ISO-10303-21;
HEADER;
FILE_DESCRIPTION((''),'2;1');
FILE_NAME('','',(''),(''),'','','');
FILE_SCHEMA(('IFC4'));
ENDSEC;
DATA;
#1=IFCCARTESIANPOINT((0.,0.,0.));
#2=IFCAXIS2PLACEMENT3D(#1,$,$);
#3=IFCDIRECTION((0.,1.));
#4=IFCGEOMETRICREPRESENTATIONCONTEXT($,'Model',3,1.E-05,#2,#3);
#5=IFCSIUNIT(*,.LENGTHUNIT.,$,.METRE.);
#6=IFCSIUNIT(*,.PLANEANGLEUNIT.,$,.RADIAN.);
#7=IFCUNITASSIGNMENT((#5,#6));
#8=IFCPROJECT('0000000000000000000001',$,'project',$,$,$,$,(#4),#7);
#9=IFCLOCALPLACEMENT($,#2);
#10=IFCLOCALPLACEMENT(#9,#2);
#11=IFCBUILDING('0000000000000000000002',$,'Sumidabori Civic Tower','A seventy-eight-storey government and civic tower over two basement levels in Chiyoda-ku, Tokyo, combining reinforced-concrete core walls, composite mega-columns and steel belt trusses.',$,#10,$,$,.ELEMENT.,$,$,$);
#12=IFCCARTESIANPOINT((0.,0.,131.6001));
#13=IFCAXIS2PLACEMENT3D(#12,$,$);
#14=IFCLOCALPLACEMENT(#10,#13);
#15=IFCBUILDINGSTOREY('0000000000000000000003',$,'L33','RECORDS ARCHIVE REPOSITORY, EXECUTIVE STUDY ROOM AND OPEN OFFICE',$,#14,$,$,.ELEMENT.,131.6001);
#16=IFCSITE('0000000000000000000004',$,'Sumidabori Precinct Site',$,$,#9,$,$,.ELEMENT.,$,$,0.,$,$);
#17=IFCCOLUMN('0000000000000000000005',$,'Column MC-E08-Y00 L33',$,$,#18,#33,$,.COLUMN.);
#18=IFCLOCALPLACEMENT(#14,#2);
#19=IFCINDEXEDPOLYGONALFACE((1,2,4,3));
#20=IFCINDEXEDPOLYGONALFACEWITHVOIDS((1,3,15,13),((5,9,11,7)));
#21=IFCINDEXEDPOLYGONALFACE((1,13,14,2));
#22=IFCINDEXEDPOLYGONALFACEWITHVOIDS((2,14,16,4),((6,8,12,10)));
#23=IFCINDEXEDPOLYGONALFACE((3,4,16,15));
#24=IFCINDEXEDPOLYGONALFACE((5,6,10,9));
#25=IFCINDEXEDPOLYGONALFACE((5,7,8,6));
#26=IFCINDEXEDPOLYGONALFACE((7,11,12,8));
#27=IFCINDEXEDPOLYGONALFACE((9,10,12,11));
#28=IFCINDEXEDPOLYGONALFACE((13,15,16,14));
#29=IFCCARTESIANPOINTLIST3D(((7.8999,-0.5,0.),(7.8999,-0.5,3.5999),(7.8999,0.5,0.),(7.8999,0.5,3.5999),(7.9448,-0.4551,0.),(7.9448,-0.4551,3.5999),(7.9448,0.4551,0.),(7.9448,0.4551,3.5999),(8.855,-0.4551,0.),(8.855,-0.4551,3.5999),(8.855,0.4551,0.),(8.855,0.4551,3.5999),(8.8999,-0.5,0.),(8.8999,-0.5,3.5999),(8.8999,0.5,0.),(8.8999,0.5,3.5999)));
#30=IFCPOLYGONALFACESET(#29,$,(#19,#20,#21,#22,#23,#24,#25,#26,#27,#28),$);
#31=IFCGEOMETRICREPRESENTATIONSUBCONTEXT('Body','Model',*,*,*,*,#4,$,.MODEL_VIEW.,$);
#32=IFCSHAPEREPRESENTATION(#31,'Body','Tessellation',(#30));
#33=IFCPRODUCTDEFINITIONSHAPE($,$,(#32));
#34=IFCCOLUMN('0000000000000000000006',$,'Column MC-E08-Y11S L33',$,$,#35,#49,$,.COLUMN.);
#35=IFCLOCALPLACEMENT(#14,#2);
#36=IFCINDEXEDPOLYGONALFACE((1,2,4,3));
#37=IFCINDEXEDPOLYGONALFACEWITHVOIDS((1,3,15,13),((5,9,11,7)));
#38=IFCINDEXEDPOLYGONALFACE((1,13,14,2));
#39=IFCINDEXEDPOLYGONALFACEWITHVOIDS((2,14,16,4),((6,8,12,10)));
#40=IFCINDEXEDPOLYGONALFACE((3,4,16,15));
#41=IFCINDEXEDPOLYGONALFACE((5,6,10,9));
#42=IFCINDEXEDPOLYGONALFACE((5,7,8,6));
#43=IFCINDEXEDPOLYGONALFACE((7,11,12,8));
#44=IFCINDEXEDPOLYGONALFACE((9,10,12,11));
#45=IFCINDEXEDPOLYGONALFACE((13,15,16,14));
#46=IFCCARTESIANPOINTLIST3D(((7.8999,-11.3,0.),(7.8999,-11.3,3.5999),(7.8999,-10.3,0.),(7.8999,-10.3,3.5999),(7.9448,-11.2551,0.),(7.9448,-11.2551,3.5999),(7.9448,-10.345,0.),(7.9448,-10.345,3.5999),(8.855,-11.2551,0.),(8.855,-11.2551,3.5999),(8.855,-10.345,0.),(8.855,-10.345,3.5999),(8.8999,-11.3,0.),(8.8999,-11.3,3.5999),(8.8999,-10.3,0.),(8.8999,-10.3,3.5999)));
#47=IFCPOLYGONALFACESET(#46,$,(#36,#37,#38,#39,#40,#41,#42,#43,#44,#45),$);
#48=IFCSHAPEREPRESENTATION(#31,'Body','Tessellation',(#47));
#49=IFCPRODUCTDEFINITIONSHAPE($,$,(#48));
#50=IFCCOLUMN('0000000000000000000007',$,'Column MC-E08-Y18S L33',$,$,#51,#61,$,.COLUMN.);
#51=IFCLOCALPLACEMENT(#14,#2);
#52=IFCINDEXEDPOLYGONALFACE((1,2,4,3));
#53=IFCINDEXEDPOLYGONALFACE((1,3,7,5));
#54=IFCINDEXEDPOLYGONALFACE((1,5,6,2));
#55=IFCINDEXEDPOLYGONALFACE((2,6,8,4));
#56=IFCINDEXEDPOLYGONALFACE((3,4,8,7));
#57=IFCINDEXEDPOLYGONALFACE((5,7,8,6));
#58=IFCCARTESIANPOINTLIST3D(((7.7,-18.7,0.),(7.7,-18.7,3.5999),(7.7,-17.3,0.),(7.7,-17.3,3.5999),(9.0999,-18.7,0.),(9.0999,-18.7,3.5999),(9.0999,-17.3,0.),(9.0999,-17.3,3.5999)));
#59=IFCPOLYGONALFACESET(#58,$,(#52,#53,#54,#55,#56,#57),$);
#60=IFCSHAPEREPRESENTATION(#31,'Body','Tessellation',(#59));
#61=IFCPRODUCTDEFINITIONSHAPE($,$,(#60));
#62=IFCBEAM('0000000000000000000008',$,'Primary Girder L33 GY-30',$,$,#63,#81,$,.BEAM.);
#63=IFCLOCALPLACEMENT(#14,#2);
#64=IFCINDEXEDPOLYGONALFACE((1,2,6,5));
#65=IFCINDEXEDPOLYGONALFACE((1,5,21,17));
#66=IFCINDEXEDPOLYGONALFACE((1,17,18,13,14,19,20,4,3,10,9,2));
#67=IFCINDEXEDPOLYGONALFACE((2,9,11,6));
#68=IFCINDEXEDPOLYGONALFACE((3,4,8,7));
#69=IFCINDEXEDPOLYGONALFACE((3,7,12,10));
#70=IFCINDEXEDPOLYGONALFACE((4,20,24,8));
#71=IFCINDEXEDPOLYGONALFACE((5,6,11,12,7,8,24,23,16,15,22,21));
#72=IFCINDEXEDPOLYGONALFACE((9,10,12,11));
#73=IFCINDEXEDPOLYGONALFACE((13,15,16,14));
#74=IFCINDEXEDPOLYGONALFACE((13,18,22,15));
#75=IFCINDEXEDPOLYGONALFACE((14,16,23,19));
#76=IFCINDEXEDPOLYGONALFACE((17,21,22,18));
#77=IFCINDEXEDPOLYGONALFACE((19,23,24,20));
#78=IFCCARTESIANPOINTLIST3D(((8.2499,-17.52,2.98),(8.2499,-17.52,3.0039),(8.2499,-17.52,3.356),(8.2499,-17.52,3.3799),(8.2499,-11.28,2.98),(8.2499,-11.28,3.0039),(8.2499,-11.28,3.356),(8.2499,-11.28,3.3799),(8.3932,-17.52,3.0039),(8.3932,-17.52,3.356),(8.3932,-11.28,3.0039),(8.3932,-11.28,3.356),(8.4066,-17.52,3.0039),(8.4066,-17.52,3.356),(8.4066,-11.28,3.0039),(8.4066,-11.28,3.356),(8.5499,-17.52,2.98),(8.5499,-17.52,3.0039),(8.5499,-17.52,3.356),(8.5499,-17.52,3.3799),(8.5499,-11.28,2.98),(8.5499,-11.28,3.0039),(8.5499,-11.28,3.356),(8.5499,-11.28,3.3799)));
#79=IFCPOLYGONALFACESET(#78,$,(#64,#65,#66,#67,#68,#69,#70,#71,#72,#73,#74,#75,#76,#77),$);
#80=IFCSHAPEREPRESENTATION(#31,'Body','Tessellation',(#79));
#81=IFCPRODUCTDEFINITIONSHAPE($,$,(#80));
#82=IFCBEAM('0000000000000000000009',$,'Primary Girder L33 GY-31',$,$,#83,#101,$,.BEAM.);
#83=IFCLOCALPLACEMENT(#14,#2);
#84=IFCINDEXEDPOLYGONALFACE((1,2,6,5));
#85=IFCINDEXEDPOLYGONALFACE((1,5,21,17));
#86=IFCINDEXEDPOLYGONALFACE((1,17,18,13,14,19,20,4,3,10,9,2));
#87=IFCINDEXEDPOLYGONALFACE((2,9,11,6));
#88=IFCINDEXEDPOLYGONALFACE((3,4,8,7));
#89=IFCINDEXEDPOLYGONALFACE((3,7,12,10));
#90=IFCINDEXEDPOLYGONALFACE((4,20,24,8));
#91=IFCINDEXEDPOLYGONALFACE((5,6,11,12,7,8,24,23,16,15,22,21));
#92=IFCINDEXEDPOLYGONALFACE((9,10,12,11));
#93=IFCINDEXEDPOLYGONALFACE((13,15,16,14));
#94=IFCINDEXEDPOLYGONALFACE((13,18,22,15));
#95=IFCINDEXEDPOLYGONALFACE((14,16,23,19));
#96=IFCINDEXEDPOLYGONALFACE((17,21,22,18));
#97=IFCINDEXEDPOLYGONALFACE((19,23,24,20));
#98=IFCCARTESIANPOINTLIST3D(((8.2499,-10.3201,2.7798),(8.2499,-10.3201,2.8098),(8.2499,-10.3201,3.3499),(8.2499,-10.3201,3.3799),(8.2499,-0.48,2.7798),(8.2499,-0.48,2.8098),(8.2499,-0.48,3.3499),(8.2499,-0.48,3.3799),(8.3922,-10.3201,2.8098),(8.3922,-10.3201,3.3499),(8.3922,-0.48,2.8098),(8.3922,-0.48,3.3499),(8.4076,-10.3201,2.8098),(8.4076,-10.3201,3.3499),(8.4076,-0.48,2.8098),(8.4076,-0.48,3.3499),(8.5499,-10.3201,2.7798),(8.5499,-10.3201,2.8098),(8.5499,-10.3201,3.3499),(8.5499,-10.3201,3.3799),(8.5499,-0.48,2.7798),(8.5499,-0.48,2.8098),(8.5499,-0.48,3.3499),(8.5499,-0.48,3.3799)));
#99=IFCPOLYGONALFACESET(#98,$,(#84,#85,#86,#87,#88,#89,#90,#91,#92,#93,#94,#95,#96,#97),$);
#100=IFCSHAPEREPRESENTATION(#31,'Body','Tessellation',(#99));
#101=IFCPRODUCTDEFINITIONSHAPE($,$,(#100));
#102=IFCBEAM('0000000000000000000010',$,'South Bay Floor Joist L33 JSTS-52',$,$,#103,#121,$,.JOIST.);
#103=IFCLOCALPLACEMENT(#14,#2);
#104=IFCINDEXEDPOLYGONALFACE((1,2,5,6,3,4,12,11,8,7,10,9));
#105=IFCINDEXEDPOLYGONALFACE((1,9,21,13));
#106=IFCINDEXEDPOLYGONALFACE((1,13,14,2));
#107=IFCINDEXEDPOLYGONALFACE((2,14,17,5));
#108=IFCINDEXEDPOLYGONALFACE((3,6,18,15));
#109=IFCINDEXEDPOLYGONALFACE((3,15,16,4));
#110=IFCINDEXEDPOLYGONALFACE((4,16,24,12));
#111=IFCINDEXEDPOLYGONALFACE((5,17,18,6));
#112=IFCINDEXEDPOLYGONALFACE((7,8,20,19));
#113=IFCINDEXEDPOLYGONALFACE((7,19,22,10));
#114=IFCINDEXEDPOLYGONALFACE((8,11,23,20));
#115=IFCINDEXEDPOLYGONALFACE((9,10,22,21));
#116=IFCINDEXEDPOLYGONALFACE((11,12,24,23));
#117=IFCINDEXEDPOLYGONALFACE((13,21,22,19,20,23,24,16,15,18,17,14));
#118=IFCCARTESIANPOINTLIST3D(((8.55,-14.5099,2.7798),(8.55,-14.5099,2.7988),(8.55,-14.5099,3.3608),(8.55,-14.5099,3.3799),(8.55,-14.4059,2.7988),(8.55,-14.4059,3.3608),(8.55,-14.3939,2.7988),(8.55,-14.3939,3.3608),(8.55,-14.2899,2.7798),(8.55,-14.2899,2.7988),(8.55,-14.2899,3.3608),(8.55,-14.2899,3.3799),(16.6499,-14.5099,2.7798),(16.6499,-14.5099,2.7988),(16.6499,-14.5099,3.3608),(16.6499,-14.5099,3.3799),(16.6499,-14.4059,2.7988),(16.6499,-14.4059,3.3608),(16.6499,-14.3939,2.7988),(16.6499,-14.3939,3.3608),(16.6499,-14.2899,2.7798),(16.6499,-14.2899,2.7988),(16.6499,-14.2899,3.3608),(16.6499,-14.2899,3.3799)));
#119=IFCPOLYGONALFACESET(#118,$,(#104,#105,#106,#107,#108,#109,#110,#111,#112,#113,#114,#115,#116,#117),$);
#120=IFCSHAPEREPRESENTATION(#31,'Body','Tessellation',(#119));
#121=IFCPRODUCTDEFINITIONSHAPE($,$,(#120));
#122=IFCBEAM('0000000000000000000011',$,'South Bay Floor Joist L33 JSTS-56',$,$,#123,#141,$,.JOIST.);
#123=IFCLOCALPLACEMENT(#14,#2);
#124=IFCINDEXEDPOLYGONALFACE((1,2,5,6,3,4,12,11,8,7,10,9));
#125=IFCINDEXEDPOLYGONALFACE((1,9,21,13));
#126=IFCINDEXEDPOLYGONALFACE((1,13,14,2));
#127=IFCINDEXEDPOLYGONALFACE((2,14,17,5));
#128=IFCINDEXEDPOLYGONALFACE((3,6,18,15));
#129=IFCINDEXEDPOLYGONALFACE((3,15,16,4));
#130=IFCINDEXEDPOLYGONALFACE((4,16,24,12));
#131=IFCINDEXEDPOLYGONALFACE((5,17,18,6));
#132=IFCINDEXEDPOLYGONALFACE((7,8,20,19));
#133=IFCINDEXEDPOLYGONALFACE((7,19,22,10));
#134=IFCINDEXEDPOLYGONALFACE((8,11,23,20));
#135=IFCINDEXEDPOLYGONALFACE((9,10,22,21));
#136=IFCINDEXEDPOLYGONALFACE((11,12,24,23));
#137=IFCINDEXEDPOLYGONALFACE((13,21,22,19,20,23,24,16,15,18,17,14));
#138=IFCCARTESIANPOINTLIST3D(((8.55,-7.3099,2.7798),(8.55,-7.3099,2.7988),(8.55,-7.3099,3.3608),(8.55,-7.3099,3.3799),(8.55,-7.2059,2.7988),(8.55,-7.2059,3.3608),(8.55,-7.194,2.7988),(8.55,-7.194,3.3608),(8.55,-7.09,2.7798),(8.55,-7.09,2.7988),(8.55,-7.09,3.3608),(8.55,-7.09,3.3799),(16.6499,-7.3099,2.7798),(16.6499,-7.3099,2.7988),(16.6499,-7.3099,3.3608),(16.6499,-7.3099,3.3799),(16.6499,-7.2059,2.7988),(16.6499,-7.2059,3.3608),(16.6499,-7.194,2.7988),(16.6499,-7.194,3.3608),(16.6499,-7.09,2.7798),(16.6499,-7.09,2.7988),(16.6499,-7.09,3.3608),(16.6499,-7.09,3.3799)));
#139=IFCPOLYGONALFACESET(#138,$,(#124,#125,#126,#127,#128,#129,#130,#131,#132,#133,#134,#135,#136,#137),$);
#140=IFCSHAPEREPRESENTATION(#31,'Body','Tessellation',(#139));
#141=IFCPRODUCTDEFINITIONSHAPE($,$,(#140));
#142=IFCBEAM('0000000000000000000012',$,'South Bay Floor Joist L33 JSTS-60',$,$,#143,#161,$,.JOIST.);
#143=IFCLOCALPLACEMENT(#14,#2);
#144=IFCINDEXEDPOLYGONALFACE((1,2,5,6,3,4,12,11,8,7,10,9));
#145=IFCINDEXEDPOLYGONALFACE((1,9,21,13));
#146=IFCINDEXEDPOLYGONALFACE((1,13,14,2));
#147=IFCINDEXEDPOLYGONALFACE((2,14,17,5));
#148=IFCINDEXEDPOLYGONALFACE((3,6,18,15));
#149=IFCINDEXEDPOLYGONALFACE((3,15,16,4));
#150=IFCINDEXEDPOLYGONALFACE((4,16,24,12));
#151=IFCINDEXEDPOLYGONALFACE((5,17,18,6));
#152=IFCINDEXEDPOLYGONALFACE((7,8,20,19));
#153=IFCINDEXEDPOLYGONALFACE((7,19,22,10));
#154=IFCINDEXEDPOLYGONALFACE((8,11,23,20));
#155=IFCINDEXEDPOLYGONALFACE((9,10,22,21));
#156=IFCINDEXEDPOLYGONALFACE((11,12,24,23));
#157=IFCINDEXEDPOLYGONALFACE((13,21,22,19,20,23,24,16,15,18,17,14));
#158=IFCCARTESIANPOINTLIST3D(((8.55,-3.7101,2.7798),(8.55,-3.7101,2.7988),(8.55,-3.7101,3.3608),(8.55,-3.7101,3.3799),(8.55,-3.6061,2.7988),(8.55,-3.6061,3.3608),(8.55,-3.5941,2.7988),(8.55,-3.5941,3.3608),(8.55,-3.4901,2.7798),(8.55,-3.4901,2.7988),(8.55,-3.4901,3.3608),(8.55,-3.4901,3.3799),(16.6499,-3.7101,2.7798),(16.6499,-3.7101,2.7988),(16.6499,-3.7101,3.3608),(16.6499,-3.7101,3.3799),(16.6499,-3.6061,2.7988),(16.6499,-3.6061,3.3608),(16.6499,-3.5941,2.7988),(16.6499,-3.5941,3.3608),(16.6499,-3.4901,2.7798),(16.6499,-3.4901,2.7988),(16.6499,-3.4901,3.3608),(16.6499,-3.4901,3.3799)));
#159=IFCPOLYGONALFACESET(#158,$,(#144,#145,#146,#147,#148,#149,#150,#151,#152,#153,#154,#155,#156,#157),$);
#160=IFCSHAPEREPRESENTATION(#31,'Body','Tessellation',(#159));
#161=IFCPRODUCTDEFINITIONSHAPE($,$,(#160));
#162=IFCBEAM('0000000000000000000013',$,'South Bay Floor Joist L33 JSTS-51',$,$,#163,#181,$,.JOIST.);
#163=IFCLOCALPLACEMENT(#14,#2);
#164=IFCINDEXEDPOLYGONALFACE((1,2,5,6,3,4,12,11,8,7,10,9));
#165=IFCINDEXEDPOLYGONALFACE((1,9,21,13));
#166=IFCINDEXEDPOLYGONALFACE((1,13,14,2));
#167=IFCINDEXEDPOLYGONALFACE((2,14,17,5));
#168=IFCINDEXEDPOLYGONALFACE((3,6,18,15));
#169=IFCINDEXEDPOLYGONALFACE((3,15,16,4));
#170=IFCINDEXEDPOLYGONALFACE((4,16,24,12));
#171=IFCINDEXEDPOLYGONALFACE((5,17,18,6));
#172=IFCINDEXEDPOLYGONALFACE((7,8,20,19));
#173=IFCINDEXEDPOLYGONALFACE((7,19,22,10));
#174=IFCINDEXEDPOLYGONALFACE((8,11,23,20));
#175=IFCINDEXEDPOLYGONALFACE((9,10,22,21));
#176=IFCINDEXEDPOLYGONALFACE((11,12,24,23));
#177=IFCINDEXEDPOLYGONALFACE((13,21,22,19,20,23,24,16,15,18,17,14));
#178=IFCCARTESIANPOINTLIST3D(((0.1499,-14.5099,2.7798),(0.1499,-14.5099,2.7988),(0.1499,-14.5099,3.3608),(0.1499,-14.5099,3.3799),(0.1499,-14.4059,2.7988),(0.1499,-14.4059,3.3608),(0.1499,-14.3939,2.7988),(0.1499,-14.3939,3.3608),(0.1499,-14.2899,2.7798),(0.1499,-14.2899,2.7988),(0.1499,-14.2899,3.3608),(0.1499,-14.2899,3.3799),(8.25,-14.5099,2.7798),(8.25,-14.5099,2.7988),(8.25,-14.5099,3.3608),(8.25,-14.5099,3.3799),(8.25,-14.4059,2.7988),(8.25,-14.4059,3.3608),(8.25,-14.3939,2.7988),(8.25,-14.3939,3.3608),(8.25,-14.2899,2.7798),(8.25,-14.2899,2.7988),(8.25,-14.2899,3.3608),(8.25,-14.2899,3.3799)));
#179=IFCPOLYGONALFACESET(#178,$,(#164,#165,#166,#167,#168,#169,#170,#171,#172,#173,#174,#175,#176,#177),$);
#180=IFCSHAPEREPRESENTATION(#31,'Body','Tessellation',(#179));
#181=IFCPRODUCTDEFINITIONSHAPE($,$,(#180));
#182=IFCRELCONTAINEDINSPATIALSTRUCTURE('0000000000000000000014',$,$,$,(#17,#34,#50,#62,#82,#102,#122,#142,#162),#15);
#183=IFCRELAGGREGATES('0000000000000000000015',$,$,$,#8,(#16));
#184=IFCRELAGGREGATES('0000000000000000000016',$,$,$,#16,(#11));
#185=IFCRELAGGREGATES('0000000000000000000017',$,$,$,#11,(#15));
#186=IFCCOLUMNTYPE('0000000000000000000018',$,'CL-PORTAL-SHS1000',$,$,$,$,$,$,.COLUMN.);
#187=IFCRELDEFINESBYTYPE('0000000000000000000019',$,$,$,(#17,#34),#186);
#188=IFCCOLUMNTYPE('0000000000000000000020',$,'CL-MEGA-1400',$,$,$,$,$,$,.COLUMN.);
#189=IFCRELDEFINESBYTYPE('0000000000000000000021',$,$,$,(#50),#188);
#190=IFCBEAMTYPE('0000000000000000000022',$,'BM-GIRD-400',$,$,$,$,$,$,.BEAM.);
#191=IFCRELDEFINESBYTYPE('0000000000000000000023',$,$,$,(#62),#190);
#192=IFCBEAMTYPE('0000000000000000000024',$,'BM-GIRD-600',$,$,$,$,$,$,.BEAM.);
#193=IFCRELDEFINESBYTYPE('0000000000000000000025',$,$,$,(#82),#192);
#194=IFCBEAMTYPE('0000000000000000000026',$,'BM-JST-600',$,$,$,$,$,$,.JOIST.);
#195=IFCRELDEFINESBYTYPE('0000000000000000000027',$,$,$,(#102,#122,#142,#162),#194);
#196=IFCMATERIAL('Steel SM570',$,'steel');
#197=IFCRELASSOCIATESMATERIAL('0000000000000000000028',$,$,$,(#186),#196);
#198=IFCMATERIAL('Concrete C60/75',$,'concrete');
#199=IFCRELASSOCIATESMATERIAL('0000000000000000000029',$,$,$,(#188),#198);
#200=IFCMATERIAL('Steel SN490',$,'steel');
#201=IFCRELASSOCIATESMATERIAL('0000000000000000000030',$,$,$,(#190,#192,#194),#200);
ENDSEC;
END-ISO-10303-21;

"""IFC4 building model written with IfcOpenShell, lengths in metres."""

from ifc_helpers import new_model, si_unit, direction, frame, origin, origin_2d, place, context, subcontext, project, spatial, rectangle, hollow_rectangle, i_section, extrude, source, transform, mapped, material, material_profile, profile_set, type_object, element, save


model = new_model("IFC4")

# Units and contexts
model_context = context("Model", 3, precision=1e-05, world=origin(), true_north=direction((0.0, 1.0)))
body_context = subcontext(model_context, "Body", "Model", "MODEL_VIEW")
ifc_project = project(units=[si_unit("LENGTHUNIT", "METRE"), si_unit("PLANEANGLEUNIT", "RADIAN")], contexts=[model_context])

# Site, building, storey
site_placement = place(None, origin())
site = spatial("IfcSite", under=ifc_project, at=site_placement, Name="Sumidabori Precinct Site", CompositionType="ELEMENT", RefElevation=0.0)
building_placement = place(site_placement, origin())
building = spatial("IfcBuilding", under=site, at=building_placement, Name="Sumidabori Civic Tower", Description="A seventy-eight-storey government and civic tower over two basement levels in Chiyoda-ku, Tokyo, combining reinforced-concrete core walls, composite mega-columns and steel belt trusses.", CompositionType="ELEMENT")
storey_placement = place(building_placement, frame((0.0, 0.0, 131.6001)))
storey = spatial("IfcBuildingStorey", under=building, at=storey_placement, Name="L33", Description="RECORDS ARCHIVE REPOSITORY, EXECUTIVE STUDY ROOM AND OPEN OFFICE", CompositionType="ELEMENT", Elevation=131.6001)

# Columns
ifc_material_1 = material(Name="Steel SM570", Category="steel")
ifc_material_profile_1 = material_profile(ifc_material_1, hollow_rectangle(XDim=1.0, YDim=1.0, WallThickness=0.0449, at=origin_2d()), Name="SHS 1000x1000x45")
ifc_profile_set_1 = profile_set([ifc_material_profile_1], Name="Steel SM570")
column_type_1 = type_object("IfcColumnType", Name="CL-PORTAL-SHS1000", PredefinedType="COLUMN", material=ifc_profile_set_1)
shared_shape_1 = source(origin(), body_context, "Body", "SweptSolid", [
    extrude(hollow_rectangle(XDim=1.0, YDim=1.0, WallThickness=0.0449, at=origin_2d()), origin(), (0.0, 0.0, 1.0), 3.5999),
])
for number, where, z_axis, x_axis, name in (
    (1, (8.3999, 0.0, 0.0), (0.0, 0.0, 1.0), (1.0, 0.0, 0.0), "Column MC-E08-Y00 L33"),
    (2, (8.3999, -10.8, 0.0), (0.0, 0.0, 1.0), (1.0, 0.0, 0.0), "Column MC-E08-Y11S L33"),
):
    element("IfcColumn", number, at=place(storey_placement, frame(where, z_axis=z_axis, x_axis=x_axis)), inside=storey, type_object=column_type_1, Name=name, PredefinedType="COLUMN", context=body_context, shape_type="MappedRepresentation", body=[
        mapped(shared_shape_1, transform((0.0, 0.0, 0.0), x_axis=(1.0, 0.0, 0.0), y_axis=(0.0, 1.0, 0.0), z_axis=(0.0, 0.0, 1.0), scale=1.0)),
    ])
ifc_material_2 = material(Name="Concrete C60/75", Category="concrete")
ifc_material_profile_2 = material_profile(ifc_material_2, rectangle(XDim=1.3999, YDim=1.3999, at=origin_2d()), Name="RC 1400x1400")
ifc_profile_set_2 = profile_set([ifc_material_profile_2], Name="Concrete C60/75")
column_type_2 = type_object("IfcColumnType", Name="CL-MEGA-1400", PredefinedType="COLUMN", material=ifc_profile_set_2)
shared_shape_2 = source(origin(), body_context, "Body", "SweptSolid", [
    extrude(rectangle(XDim=1.3999, YDim=1.3999, at=origin_2d()), origin(), (0.0, 0.0, 1.0), 3.5999),
])
column_placement = place(storey_placement, frame((8.3999, -18.0, 0.0), z_axis=(0.0, 0.0, 1.0), x_axis=(1.0, 0.0, 0.0)))
element("IfcColumn", 3, at=column_placement, inside=storey, type_object=column_type_2, Name="Column MC-E08-Y18S L33", PredefinedType="COLUMN", context=body_context, shape_type="MappedRepresentation", body=[
    mapped(shared_shape_2, transform((0.0, 0.0, 0.0), x_axis=(1.0, 0.0, 0.0), y_axis=(0.0, 1.0, 0.0), z_axis=(0.0, 0.0, 1.0), scale=1.0)),
])

# Beams
ifc_material_3 = material(Name="Steel SN490", Category="steel")
ifc_material_profile_3 = material_profile(ifc_material_3, i_section(OverallWidth=0.3, OverallDepth=0.3999, WebThickness=0.0134, FlangeThickness=0.0239, at=origin_2d()), Name="HE 400 B")
ifc_profile_set_3 = profile_set([ifc_material_profile_3], Name="Steel SN490")
beam_type_1 = type_object("IfcBeamType", Name="BM-GIRD-400", PredefinedType="BEAM", material=ifc_profile_set_3)
shared_shape_3 = source(origin(), body_context, "Body", "SweptSolid", [
    extrude(i_section(OverallWidth=0.3, OverallDepth=0.3999, WebThickness=0.0134, FlangeThickness=0.0239, at=origin_2d()), origin(), (0.0, 0.0, 1.0), 6.24),
])
beam_1_placement = place(storey_placement, frame((8.3999, -17.52, 3.1799), z_axis=(0.0, 1.0, 0.0), x_axis=(-1.0, 0.0, 0.0)))
element("IfcBeam", 4, at=beam_1_placement, inside=storey, type_object=beam_type_1, Name="Primary Girder L33 GY-30", PredefinedType="BEAM", context=body_context, shape_type="MappedRepresentation", body=[
    mapped(shared_shape_3, transform((0.0, 0.0, 0.0), x_axis=(1.0, 0.0, 0.0), y_axis=(0.0, 1.0, 0.0), z_axis=(0.0, 0.0, 1.0), scale=1.0)),
])
ifc_material_profile_4 = material_profile(ifc_material_3, i_section(OverallWidth=0.3, OverallDepth=0.6001, WebThickness=0.0154, FlangeThickness=0.03, at=origin_2d()), Name="HE 600 B")
ifc_profile_set_4 = profile_set([ifc_material_profile_4], Name="Steel SN490")
beam_type_2 = type_object("IfcBeamType", Name="BM-GIRD-600", PredefinedType="BEAM", material=ifc_profile_set_4)
shared_shape_4 = source(origin(), body_context, "Body", "SweptSolid", [
    extrude(i_section(OverallWidth=0.3, OverallDepth=0.6001, WebThickness=0.0154, FlangeThickness=0.03, at=origin_2d()), origin(), (0.0, 0.0, 1.0), 9.8401),
])
beam_2_placement = place(storey_placement, frame((8.3999, -10.3201, 3.0798), z_axis=(0.0, 1.0, 0.0), x_axis=(-1.0, 0.0, 0.0)))
element("IfcBeam", 5, at=beam_2_placement, inside=storey, type_object=beam_type_2, Name="Primary Girder L33 GY-31", PredefinedType="BEAM", context=body_context, shape_type="MappedRepresentation", body=[
    mapped(shared_shape_4, transform((0.0, 0.0, 0.0), x_axis=(1.0, 0.0, 0.0), y_axis=(0.0, 1.0, 0.0), z_axis=(0.0, 0.0, 1.0), scale=1.0)),
])
ifc_material_profile_5 = material_profile(ifc_material_3, i_section(OverallWidth=0.22, OverallDepth=0.6001, WebThickness=0.012, FlangeThickness=0.019, at=origin_2d()), Name="IPE 600")
ifc_profile_set_5 = profile_set([ifc_material_profile_5], Name="Steel SN490")
beam_type_3 = type_object("IfcBeamType", Name="BM-JST-600", PredefinedType="JOIST", material=ifc_profile_set_5)
shared_shape_5 = source(origin(), body_context, "Body", "SweptSolid", [
    extrude(i_section(OverallWidth=0.22, OverallDepth=0.6001, WebThickness=0.012, FlangeThickness=0.019, at=origin_2d()), origin(), (0.0, 0.0, 1.0), 8.0999),
])
for number, where, z_axis, x_axis, name in (
    (6, (8.55, -14.3999, 3.0798), (1.0, 0.0, 0.0), (0.0, 1.0, 0.0), "South Bay Floor Joist L33 JSTS-52"),
    (7, (8.55, -7.2, 3.0798), (1.0, 0.0, 0.0), (0.0, 1.0, 0.0), "South Bay Floor Joist L33 JSTS-56"),
    (8, (8.55, -3.6001, 3.0798), (1.0, 0.0, 0.0), (0.0, 1.0, 0.0), "South Bay Floor Joist L33 JSTS-60"),
):
    element("IfcBeam", number, at=place(storey_placement, frame(where, z_axis=z_axis, x_axis=x_axis)), inside=storey, type_object=beam_type_3, Name=name, PredefinedType="JOIST", context=body_context, shape_type="MappedRepresentation", body=[
        mapped(shared_shape_5, transform((0.0, 0.0, 0.0), x_axis=(1.0, 0.0, 0.0), y_axis=(0.0, 1.0, 0.0), z_axis=(0.0, 0.0, 1.0), scale=1.0)),
    ])
shared_shape_6 = source(origin(), body_context, "Body", "SweptSolid", [
    extrude(i_section(OverallWidth=0.22, OverallDepth=0.6001, WebThickness=0.012, FlangeThickness=0.019, at=origin_2d()), origin(), (0.0, 0.0, 1.0), 8.1001),
])
for number, where, z_axis, x_axis, name in (
    (9, (0.1499, -14.3999, 3.0798), (1.0, 0.0, 0.0), (0.0, 1.0, 0.0), "South Bay Floor Joist L33 JSTS-51"),
):
    element("IfcBeam", number, at=place(storey_placement, frame(where, z_axis=z_axis, x_axis=x_axis)), inside=storey, type_object=beam_type_3, Name=name, PredefinedType="JOIST", context=body_context, shape_type="MappedRepresentation", body=[
        mapped(shared_shape_6, transform((0.0, 0.0, 0.0), x_axis=(1.0, 0.0, 0.0), y_axis=(0.0, 1.0, 0.0), z_axis=(0.0, 0.0, 1.0), scale=1.0)),
    ])

save(model, "model.ifc")
